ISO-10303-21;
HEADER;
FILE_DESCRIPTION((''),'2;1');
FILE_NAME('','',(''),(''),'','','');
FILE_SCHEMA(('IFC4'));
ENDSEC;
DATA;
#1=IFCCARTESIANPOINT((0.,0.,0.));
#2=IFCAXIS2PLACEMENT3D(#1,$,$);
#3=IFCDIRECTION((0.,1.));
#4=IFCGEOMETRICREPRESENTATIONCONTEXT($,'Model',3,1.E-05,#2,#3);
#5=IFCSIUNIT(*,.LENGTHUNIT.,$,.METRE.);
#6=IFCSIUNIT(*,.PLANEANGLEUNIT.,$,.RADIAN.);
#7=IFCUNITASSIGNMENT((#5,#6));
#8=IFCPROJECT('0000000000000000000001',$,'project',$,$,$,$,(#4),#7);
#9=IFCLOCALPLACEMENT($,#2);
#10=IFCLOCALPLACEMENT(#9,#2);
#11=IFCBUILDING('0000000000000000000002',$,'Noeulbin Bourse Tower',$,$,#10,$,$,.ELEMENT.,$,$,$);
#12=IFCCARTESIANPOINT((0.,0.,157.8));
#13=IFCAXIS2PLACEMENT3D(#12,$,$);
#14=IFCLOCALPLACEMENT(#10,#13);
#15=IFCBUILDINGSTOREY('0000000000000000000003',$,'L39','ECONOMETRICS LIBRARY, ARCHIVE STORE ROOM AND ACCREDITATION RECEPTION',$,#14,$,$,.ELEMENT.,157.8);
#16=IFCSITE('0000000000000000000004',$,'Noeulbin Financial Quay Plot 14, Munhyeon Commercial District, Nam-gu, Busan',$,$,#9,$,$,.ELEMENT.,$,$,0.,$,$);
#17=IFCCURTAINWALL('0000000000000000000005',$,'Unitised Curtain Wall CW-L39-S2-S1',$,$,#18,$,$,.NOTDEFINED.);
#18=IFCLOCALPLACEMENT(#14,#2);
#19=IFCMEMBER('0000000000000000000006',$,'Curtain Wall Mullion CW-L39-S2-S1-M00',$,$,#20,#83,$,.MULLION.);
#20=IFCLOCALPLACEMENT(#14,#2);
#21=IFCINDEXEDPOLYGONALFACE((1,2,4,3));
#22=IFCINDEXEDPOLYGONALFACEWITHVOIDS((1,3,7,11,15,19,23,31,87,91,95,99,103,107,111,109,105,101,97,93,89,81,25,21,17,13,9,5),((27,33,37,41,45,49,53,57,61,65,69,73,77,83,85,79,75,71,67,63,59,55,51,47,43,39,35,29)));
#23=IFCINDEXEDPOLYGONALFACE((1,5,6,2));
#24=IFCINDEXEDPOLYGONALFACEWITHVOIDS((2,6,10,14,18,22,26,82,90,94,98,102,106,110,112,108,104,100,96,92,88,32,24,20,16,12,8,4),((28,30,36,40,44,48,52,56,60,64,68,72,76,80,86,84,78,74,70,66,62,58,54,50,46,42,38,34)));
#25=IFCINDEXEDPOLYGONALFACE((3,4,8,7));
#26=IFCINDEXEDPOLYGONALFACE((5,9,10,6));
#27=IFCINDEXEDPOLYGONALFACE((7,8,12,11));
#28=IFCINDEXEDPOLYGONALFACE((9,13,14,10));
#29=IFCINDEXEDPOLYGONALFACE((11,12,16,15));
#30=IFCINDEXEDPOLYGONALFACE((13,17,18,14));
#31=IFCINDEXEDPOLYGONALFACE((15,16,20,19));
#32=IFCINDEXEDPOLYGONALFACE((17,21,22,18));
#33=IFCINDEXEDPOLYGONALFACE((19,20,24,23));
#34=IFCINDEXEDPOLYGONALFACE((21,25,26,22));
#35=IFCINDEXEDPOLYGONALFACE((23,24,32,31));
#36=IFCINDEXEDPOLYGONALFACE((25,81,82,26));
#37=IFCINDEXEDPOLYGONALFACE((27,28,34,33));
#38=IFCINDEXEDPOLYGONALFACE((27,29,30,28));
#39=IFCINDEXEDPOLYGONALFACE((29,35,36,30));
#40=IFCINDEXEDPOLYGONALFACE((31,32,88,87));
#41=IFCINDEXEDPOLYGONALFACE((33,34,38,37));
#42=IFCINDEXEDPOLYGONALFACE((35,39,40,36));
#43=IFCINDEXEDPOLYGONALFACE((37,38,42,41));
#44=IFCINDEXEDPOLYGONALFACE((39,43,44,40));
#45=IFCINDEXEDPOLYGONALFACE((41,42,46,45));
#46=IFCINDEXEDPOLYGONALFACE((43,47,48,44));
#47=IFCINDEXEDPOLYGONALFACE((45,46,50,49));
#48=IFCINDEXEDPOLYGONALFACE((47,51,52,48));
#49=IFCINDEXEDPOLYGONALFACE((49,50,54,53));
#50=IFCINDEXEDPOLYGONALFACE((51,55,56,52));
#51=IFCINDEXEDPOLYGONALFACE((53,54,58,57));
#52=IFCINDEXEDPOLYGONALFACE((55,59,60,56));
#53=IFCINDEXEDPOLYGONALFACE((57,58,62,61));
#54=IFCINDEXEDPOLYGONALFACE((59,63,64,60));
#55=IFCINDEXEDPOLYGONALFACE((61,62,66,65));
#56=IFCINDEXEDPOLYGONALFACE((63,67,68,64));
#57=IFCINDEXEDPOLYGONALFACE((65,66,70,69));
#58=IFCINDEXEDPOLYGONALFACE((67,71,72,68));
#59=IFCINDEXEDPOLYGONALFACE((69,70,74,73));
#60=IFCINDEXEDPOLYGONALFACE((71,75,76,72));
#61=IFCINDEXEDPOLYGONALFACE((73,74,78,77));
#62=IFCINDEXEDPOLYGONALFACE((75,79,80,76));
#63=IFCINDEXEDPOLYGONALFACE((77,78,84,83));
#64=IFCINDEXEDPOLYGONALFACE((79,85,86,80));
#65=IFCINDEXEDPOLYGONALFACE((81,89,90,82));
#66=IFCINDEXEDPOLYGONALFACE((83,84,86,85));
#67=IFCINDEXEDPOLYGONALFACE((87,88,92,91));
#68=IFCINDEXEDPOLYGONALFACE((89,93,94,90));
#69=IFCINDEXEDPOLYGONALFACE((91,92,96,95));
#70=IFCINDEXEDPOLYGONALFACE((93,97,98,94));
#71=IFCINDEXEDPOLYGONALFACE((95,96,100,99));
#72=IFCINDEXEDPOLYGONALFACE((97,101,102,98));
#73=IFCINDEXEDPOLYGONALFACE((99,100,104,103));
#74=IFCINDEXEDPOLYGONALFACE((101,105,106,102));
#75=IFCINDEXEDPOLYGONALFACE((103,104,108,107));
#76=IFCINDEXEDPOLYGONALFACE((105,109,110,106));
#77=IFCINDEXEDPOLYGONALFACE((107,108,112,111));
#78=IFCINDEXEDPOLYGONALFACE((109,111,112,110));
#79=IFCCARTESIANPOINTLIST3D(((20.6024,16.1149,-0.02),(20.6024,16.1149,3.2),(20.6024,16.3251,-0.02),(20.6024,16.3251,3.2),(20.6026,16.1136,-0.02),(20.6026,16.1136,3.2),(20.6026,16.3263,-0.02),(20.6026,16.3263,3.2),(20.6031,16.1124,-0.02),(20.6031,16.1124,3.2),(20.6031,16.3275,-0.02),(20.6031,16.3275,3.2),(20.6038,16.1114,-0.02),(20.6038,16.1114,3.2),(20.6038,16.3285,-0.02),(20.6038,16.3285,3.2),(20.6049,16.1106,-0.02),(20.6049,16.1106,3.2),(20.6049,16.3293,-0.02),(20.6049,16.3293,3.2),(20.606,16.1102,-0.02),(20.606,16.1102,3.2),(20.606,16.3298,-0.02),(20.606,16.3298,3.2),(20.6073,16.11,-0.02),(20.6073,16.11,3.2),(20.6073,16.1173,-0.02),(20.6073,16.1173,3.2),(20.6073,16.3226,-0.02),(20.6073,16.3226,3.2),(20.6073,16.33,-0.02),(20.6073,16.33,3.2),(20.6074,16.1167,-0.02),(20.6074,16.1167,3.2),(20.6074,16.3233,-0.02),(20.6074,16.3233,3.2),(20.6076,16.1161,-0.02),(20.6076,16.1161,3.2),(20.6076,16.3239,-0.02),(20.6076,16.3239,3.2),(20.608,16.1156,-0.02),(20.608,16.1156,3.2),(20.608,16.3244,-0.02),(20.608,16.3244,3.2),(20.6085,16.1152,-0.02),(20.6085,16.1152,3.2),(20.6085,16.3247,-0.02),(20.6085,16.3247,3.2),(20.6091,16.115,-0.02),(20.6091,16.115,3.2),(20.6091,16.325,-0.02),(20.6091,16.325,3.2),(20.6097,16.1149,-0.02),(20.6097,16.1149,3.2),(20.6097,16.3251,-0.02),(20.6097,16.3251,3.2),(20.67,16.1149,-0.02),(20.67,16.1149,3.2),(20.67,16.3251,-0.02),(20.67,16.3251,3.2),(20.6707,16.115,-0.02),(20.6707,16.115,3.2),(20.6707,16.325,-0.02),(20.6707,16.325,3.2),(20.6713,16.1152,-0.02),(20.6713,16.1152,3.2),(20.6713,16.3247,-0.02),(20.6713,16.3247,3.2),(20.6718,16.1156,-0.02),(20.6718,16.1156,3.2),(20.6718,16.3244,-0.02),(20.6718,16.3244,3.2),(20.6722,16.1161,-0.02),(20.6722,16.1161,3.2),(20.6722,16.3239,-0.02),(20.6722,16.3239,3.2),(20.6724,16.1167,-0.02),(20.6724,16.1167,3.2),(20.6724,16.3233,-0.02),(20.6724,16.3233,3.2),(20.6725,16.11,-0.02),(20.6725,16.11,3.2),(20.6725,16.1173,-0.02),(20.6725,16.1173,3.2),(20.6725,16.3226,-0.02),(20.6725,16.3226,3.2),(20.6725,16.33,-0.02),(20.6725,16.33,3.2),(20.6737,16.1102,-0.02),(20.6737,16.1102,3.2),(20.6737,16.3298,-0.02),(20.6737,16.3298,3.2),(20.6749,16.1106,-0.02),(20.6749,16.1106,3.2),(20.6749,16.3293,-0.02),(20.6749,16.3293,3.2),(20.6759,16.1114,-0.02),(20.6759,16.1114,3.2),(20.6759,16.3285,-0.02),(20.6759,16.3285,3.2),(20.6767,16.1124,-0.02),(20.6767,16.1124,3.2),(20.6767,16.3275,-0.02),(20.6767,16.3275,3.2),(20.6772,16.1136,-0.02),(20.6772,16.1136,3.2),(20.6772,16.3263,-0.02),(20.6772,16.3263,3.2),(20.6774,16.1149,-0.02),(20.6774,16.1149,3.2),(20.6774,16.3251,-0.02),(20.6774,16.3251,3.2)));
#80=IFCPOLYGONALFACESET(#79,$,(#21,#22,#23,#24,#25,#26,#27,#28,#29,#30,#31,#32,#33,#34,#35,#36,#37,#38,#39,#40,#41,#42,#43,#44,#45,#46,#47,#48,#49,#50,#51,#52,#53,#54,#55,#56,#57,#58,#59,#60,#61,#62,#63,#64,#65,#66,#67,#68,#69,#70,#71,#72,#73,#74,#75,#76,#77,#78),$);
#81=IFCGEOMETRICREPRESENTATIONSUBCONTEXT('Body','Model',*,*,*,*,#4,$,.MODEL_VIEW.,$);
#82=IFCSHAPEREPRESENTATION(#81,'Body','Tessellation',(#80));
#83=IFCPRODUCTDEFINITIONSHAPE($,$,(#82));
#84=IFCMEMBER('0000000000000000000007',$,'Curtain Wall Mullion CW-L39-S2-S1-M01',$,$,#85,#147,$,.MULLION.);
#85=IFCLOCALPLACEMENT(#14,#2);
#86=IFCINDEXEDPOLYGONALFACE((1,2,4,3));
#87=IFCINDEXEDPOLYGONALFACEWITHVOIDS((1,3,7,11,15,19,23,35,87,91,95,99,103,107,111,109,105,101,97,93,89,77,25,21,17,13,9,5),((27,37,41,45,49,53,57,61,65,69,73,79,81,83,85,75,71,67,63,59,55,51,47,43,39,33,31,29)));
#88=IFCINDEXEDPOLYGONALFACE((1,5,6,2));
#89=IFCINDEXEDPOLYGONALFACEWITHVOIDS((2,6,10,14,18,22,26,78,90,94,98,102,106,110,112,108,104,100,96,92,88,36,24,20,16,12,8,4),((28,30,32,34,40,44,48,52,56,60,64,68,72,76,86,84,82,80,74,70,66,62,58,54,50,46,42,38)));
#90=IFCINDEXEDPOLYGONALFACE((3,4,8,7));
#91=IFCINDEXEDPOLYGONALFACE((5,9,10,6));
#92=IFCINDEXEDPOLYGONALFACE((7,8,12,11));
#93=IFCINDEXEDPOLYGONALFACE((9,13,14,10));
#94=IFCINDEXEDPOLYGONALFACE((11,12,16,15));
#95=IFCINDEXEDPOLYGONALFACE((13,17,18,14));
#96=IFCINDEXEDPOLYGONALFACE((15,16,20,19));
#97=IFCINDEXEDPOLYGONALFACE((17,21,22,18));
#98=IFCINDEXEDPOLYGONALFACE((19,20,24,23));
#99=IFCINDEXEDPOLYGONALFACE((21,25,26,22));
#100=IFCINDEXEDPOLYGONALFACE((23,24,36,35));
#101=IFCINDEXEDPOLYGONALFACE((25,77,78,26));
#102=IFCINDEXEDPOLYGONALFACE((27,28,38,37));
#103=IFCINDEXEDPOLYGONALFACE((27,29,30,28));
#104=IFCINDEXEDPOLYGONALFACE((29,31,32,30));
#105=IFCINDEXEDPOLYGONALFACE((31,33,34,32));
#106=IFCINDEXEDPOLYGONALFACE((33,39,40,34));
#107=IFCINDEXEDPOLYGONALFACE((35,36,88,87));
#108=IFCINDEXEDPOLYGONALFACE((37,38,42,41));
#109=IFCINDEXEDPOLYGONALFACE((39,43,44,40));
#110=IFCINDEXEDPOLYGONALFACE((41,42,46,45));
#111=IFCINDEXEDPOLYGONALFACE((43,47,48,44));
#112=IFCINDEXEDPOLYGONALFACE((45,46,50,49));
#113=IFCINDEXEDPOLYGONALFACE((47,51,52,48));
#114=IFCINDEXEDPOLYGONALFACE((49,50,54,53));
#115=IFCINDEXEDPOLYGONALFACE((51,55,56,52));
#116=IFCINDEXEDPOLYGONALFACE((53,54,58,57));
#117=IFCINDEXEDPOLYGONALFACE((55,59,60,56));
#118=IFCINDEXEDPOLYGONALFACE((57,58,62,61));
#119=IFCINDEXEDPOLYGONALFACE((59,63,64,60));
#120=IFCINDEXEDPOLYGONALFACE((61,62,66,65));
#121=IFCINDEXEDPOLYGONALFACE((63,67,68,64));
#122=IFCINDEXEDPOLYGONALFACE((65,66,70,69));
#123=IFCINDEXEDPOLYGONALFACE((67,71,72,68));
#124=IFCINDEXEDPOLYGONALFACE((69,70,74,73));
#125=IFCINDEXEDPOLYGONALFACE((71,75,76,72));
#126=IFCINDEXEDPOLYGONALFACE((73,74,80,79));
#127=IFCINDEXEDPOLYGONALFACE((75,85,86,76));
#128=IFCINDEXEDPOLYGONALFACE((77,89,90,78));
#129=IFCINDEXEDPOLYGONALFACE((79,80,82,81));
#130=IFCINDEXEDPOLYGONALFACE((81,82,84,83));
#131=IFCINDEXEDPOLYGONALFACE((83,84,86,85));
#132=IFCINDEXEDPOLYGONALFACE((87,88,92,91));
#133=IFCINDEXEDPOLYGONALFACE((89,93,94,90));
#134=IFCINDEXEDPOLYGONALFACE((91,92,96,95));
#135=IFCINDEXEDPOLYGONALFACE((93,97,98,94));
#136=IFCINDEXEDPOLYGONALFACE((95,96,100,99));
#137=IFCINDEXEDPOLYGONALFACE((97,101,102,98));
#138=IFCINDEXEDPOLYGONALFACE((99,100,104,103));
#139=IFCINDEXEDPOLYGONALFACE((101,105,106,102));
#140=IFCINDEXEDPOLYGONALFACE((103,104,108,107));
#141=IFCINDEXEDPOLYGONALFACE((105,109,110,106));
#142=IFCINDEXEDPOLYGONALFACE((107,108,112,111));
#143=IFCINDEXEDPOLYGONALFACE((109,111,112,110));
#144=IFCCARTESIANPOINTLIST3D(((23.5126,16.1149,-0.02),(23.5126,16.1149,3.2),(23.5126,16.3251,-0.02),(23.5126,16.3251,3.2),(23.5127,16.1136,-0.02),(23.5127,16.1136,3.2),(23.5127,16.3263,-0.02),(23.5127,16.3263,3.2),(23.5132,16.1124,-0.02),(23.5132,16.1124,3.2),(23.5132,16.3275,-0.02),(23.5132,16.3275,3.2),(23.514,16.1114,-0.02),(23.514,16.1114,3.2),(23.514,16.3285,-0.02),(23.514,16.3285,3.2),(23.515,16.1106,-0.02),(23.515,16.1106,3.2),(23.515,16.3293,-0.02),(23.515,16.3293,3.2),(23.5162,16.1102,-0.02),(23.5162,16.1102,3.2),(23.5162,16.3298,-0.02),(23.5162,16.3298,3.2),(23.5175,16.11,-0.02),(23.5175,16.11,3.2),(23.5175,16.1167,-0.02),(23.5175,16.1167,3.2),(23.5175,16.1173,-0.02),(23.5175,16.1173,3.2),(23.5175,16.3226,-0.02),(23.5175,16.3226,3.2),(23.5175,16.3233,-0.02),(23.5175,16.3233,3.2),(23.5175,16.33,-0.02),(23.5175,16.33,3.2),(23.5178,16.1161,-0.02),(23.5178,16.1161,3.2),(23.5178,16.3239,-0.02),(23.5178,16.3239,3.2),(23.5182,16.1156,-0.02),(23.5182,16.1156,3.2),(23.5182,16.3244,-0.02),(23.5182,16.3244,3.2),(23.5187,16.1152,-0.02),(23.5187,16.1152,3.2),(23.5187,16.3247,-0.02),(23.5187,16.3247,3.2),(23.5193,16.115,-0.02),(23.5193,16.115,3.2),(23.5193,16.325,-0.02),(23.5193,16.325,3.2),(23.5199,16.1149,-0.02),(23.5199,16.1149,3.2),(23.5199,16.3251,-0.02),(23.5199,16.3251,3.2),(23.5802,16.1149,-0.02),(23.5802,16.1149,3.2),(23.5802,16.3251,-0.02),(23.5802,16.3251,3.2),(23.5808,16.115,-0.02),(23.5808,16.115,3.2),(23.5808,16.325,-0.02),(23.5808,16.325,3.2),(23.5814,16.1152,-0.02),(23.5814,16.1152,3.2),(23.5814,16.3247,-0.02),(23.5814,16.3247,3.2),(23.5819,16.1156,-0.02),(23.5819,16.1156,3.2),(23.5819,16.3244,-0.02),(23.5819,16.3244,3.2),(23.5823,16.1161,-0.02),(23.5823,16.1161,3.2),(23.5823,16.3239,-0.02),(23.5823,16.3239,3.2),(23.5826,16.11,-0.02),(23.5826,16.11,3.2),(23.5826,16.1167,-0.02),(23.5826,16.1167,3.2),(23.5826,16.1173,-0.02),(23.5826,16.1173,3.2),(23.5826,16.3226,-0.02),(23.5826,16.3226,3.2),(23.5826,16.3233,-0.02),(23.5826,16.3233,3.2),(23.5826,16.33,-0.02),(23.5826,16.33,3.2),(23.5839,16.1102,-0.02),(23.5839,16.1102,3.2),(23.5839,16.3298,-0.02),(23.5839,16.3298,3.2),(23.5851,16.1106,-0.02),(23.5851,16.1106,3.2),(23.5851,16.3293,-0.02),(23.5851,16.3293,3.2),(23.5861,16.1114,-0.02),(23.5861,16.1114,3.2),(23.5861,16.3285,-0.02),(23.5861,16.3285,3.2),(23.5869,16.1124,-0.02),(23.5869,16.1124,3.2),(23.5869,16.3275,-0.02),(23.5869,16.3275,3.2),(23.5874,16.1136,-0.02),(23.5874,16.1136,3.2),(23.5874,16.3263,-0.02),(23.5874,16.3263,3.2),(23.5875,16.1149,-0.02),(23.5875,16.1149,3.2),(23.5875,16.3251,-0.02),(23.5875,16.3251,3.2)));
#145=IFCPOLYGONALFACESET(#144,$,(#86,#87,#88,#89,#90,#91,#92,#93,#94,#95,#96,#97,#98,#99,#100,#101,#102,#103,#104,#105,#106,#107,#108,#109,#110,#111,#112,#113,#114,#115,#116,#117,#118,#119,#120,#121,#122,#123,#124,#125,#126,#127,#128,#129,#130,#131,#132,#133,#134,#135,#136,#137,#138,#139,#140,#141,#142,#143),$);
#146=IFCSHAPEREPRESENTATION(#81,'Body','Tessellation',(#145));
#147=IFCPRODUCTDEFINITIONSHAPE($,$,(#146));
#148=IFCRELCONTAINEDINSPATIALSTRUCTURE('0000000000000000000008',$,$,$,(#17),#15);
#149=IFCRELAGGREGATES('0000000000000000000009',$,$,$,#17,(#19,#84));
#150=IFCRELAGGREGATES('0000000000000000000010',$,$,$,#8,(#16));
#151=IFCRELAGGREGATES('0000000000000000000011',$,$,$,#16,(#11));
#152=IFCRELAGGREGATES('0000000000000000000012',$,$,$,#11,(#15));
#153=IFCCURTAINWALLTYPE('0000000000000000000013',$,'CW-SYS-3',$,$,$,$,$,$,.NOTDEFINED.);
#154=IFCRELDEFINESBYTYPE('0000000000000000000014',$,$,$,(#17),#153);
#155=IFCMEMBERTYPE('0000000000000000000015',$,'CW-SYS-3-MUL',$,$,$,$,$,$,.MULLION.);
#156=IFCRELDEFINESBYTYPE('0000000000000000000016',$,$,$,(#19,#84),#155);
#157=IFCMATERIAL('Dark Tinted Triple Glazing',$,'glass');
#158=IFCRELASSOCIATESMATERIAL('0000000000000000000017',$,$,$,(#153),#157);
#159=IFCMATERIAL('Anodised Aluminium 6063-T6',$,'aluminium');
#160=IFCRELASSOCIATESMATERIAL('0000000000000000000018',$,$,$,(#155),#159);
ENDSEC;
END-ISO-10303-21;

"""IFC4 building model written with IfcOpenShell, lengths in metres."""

from ifc_helpers import new_model, si_unit, direction, frame, origin, origin_2d, place, context, subcontext, project, spatial, hollow_rectangle, extrude, material, material_profile, profile_set, type_object, element, aggregate, save


model = new_model("IFC4")

# Units and contexts
model_context = context("Model", 3, precision=1e-05, world=origin(), true_north=direction((0.0, 1.0)))
body_context = subcontext(model_context, "Body", "Model", "MODEL_VIEW")
ifc_project = project(units=[si_unit("LENGTHUNIT", "METRE"), si_unit("PLANEANGLEUNIT", "RADIAN")], contexts=[model_context])

# Site, building, storey
site_placement = place(None, origin())
site = spatial("IfcSite", under=ifc_project, at=site_placement, Name="Noeulbin Financial Quay Plot 14, Munhyeon Commercial District, Nam-gu, Busan", CompositionType="ELEMENT", RefElevation=0.0)
building_placement = place(site_placement, origin())
building = spatial("IfcBuilding", under=site, at=building_placement, Name="Noeulbin Bourse Tower", CompositionType="ELEMENT")
storey_placement = place(building_placement, frame((0.0, 0.0, 157.8)))
storey = spatial("IfcBuildingStorey", under=building, at=storey_placement, Name="L39", Description="ECONOMETRICS LIBRARY, ARCHIVE STORE ROOM AND ACCREDITATION RECEPTION", CompositionType="ELEMENT", Elevation=157.8)

# Curtain wall, members
ifc_material_1 = material(Name="Dark Tinted Triple Glazing", Category="glass")
curtain_wall_type = type_object("IfcCurtainWallType", Name="CW-SYS-3", PredefinedType="NOTDEFINED", material=ifc_material_1)
curtain_wall_placement = place(storey_placement, origin())
curtain_wall = element("IfcCurtainWall", 1, at=curtain_wall_placement, inside=storey, type_object=curtain_wall_type, Name="Unitised Curtain Wall CW-L39-S2-S1", PredefinedType="NOTDEFINED")
ifc_material_2 = material(Name="Anodised Aluminium 6063-T6", Category="aluminium")
ifc_material_profile_1 = material_profile(ifc_material_2, hollow_rectangle(XDim=0.075, YDim=0.22, WallThickness=0.0049, InnerFilletRadius=0.0024, OuterFilletRadius=0.0049, at=origin_2d()), Name="ALU-MULL-75x220x5", Category="LoadBearing")
ifc_profile_set_1 = profile_set([ifc_material_profile_1], Name="Anodised Aluminium 6063-T6")
member_type_1 = type_object("IfcMemberType", Name="CW-SYS-3-MUL", PredefinedType="MULLION", material=ifc_profile_set_1)
member_1_placement = place(storey_placement, frame((20.6399, 16.22, -0.02), z_axis=(0.0, 0.0, 1.0), x_axis=(1.0, 0.0, 0.0)))
member_1 = element("IfcMember", 2, at=member_1_placement, type_object=member_type_1, Name="Curtain Wall Mullion CW-L39-S2-S1-M00", PredefinedType="MULLION", context=body_context, shape_type="SweptSolid", body=[
    extrude(hollow_rectangle(XDim=0.075, YDim=0.22, WallThickness=0.0049, InnerFilletRadius=0.0024, OuterFilletRadius=0.0049, at=origin_2d()), origin(), (0.0, 0.0, 1.0), 3.22),
])
member_2_placement = place(storey_placement, frame((23.55, 16.22, -0.02), z_axis=(0.0, 0.0, 1.0), x_axis=(1.0, 0.0, 0.0)))
member_2 = element("IfcMember", 3, at=member_2_placement, type_object=member_type_1, Name="Curtain Wall Mullion CW-L39-S2-S1-M01", PredefinedType="MULLION", context=body_context, shape_type="SweptSolid", body=[
    extrude(hollow_rectangle(XDim=0.075, YDim=0.22, WallThickness=0.0049, InnerFilletRadius=0.0024, OuterFilletRadius=0.0049, at=origin_2d()), origin(), (0.0, 0.0, 1.0), 3.22),
])
aggregate(curtain_wall, [member_1, member_2])

save(model, "model.ifc")
